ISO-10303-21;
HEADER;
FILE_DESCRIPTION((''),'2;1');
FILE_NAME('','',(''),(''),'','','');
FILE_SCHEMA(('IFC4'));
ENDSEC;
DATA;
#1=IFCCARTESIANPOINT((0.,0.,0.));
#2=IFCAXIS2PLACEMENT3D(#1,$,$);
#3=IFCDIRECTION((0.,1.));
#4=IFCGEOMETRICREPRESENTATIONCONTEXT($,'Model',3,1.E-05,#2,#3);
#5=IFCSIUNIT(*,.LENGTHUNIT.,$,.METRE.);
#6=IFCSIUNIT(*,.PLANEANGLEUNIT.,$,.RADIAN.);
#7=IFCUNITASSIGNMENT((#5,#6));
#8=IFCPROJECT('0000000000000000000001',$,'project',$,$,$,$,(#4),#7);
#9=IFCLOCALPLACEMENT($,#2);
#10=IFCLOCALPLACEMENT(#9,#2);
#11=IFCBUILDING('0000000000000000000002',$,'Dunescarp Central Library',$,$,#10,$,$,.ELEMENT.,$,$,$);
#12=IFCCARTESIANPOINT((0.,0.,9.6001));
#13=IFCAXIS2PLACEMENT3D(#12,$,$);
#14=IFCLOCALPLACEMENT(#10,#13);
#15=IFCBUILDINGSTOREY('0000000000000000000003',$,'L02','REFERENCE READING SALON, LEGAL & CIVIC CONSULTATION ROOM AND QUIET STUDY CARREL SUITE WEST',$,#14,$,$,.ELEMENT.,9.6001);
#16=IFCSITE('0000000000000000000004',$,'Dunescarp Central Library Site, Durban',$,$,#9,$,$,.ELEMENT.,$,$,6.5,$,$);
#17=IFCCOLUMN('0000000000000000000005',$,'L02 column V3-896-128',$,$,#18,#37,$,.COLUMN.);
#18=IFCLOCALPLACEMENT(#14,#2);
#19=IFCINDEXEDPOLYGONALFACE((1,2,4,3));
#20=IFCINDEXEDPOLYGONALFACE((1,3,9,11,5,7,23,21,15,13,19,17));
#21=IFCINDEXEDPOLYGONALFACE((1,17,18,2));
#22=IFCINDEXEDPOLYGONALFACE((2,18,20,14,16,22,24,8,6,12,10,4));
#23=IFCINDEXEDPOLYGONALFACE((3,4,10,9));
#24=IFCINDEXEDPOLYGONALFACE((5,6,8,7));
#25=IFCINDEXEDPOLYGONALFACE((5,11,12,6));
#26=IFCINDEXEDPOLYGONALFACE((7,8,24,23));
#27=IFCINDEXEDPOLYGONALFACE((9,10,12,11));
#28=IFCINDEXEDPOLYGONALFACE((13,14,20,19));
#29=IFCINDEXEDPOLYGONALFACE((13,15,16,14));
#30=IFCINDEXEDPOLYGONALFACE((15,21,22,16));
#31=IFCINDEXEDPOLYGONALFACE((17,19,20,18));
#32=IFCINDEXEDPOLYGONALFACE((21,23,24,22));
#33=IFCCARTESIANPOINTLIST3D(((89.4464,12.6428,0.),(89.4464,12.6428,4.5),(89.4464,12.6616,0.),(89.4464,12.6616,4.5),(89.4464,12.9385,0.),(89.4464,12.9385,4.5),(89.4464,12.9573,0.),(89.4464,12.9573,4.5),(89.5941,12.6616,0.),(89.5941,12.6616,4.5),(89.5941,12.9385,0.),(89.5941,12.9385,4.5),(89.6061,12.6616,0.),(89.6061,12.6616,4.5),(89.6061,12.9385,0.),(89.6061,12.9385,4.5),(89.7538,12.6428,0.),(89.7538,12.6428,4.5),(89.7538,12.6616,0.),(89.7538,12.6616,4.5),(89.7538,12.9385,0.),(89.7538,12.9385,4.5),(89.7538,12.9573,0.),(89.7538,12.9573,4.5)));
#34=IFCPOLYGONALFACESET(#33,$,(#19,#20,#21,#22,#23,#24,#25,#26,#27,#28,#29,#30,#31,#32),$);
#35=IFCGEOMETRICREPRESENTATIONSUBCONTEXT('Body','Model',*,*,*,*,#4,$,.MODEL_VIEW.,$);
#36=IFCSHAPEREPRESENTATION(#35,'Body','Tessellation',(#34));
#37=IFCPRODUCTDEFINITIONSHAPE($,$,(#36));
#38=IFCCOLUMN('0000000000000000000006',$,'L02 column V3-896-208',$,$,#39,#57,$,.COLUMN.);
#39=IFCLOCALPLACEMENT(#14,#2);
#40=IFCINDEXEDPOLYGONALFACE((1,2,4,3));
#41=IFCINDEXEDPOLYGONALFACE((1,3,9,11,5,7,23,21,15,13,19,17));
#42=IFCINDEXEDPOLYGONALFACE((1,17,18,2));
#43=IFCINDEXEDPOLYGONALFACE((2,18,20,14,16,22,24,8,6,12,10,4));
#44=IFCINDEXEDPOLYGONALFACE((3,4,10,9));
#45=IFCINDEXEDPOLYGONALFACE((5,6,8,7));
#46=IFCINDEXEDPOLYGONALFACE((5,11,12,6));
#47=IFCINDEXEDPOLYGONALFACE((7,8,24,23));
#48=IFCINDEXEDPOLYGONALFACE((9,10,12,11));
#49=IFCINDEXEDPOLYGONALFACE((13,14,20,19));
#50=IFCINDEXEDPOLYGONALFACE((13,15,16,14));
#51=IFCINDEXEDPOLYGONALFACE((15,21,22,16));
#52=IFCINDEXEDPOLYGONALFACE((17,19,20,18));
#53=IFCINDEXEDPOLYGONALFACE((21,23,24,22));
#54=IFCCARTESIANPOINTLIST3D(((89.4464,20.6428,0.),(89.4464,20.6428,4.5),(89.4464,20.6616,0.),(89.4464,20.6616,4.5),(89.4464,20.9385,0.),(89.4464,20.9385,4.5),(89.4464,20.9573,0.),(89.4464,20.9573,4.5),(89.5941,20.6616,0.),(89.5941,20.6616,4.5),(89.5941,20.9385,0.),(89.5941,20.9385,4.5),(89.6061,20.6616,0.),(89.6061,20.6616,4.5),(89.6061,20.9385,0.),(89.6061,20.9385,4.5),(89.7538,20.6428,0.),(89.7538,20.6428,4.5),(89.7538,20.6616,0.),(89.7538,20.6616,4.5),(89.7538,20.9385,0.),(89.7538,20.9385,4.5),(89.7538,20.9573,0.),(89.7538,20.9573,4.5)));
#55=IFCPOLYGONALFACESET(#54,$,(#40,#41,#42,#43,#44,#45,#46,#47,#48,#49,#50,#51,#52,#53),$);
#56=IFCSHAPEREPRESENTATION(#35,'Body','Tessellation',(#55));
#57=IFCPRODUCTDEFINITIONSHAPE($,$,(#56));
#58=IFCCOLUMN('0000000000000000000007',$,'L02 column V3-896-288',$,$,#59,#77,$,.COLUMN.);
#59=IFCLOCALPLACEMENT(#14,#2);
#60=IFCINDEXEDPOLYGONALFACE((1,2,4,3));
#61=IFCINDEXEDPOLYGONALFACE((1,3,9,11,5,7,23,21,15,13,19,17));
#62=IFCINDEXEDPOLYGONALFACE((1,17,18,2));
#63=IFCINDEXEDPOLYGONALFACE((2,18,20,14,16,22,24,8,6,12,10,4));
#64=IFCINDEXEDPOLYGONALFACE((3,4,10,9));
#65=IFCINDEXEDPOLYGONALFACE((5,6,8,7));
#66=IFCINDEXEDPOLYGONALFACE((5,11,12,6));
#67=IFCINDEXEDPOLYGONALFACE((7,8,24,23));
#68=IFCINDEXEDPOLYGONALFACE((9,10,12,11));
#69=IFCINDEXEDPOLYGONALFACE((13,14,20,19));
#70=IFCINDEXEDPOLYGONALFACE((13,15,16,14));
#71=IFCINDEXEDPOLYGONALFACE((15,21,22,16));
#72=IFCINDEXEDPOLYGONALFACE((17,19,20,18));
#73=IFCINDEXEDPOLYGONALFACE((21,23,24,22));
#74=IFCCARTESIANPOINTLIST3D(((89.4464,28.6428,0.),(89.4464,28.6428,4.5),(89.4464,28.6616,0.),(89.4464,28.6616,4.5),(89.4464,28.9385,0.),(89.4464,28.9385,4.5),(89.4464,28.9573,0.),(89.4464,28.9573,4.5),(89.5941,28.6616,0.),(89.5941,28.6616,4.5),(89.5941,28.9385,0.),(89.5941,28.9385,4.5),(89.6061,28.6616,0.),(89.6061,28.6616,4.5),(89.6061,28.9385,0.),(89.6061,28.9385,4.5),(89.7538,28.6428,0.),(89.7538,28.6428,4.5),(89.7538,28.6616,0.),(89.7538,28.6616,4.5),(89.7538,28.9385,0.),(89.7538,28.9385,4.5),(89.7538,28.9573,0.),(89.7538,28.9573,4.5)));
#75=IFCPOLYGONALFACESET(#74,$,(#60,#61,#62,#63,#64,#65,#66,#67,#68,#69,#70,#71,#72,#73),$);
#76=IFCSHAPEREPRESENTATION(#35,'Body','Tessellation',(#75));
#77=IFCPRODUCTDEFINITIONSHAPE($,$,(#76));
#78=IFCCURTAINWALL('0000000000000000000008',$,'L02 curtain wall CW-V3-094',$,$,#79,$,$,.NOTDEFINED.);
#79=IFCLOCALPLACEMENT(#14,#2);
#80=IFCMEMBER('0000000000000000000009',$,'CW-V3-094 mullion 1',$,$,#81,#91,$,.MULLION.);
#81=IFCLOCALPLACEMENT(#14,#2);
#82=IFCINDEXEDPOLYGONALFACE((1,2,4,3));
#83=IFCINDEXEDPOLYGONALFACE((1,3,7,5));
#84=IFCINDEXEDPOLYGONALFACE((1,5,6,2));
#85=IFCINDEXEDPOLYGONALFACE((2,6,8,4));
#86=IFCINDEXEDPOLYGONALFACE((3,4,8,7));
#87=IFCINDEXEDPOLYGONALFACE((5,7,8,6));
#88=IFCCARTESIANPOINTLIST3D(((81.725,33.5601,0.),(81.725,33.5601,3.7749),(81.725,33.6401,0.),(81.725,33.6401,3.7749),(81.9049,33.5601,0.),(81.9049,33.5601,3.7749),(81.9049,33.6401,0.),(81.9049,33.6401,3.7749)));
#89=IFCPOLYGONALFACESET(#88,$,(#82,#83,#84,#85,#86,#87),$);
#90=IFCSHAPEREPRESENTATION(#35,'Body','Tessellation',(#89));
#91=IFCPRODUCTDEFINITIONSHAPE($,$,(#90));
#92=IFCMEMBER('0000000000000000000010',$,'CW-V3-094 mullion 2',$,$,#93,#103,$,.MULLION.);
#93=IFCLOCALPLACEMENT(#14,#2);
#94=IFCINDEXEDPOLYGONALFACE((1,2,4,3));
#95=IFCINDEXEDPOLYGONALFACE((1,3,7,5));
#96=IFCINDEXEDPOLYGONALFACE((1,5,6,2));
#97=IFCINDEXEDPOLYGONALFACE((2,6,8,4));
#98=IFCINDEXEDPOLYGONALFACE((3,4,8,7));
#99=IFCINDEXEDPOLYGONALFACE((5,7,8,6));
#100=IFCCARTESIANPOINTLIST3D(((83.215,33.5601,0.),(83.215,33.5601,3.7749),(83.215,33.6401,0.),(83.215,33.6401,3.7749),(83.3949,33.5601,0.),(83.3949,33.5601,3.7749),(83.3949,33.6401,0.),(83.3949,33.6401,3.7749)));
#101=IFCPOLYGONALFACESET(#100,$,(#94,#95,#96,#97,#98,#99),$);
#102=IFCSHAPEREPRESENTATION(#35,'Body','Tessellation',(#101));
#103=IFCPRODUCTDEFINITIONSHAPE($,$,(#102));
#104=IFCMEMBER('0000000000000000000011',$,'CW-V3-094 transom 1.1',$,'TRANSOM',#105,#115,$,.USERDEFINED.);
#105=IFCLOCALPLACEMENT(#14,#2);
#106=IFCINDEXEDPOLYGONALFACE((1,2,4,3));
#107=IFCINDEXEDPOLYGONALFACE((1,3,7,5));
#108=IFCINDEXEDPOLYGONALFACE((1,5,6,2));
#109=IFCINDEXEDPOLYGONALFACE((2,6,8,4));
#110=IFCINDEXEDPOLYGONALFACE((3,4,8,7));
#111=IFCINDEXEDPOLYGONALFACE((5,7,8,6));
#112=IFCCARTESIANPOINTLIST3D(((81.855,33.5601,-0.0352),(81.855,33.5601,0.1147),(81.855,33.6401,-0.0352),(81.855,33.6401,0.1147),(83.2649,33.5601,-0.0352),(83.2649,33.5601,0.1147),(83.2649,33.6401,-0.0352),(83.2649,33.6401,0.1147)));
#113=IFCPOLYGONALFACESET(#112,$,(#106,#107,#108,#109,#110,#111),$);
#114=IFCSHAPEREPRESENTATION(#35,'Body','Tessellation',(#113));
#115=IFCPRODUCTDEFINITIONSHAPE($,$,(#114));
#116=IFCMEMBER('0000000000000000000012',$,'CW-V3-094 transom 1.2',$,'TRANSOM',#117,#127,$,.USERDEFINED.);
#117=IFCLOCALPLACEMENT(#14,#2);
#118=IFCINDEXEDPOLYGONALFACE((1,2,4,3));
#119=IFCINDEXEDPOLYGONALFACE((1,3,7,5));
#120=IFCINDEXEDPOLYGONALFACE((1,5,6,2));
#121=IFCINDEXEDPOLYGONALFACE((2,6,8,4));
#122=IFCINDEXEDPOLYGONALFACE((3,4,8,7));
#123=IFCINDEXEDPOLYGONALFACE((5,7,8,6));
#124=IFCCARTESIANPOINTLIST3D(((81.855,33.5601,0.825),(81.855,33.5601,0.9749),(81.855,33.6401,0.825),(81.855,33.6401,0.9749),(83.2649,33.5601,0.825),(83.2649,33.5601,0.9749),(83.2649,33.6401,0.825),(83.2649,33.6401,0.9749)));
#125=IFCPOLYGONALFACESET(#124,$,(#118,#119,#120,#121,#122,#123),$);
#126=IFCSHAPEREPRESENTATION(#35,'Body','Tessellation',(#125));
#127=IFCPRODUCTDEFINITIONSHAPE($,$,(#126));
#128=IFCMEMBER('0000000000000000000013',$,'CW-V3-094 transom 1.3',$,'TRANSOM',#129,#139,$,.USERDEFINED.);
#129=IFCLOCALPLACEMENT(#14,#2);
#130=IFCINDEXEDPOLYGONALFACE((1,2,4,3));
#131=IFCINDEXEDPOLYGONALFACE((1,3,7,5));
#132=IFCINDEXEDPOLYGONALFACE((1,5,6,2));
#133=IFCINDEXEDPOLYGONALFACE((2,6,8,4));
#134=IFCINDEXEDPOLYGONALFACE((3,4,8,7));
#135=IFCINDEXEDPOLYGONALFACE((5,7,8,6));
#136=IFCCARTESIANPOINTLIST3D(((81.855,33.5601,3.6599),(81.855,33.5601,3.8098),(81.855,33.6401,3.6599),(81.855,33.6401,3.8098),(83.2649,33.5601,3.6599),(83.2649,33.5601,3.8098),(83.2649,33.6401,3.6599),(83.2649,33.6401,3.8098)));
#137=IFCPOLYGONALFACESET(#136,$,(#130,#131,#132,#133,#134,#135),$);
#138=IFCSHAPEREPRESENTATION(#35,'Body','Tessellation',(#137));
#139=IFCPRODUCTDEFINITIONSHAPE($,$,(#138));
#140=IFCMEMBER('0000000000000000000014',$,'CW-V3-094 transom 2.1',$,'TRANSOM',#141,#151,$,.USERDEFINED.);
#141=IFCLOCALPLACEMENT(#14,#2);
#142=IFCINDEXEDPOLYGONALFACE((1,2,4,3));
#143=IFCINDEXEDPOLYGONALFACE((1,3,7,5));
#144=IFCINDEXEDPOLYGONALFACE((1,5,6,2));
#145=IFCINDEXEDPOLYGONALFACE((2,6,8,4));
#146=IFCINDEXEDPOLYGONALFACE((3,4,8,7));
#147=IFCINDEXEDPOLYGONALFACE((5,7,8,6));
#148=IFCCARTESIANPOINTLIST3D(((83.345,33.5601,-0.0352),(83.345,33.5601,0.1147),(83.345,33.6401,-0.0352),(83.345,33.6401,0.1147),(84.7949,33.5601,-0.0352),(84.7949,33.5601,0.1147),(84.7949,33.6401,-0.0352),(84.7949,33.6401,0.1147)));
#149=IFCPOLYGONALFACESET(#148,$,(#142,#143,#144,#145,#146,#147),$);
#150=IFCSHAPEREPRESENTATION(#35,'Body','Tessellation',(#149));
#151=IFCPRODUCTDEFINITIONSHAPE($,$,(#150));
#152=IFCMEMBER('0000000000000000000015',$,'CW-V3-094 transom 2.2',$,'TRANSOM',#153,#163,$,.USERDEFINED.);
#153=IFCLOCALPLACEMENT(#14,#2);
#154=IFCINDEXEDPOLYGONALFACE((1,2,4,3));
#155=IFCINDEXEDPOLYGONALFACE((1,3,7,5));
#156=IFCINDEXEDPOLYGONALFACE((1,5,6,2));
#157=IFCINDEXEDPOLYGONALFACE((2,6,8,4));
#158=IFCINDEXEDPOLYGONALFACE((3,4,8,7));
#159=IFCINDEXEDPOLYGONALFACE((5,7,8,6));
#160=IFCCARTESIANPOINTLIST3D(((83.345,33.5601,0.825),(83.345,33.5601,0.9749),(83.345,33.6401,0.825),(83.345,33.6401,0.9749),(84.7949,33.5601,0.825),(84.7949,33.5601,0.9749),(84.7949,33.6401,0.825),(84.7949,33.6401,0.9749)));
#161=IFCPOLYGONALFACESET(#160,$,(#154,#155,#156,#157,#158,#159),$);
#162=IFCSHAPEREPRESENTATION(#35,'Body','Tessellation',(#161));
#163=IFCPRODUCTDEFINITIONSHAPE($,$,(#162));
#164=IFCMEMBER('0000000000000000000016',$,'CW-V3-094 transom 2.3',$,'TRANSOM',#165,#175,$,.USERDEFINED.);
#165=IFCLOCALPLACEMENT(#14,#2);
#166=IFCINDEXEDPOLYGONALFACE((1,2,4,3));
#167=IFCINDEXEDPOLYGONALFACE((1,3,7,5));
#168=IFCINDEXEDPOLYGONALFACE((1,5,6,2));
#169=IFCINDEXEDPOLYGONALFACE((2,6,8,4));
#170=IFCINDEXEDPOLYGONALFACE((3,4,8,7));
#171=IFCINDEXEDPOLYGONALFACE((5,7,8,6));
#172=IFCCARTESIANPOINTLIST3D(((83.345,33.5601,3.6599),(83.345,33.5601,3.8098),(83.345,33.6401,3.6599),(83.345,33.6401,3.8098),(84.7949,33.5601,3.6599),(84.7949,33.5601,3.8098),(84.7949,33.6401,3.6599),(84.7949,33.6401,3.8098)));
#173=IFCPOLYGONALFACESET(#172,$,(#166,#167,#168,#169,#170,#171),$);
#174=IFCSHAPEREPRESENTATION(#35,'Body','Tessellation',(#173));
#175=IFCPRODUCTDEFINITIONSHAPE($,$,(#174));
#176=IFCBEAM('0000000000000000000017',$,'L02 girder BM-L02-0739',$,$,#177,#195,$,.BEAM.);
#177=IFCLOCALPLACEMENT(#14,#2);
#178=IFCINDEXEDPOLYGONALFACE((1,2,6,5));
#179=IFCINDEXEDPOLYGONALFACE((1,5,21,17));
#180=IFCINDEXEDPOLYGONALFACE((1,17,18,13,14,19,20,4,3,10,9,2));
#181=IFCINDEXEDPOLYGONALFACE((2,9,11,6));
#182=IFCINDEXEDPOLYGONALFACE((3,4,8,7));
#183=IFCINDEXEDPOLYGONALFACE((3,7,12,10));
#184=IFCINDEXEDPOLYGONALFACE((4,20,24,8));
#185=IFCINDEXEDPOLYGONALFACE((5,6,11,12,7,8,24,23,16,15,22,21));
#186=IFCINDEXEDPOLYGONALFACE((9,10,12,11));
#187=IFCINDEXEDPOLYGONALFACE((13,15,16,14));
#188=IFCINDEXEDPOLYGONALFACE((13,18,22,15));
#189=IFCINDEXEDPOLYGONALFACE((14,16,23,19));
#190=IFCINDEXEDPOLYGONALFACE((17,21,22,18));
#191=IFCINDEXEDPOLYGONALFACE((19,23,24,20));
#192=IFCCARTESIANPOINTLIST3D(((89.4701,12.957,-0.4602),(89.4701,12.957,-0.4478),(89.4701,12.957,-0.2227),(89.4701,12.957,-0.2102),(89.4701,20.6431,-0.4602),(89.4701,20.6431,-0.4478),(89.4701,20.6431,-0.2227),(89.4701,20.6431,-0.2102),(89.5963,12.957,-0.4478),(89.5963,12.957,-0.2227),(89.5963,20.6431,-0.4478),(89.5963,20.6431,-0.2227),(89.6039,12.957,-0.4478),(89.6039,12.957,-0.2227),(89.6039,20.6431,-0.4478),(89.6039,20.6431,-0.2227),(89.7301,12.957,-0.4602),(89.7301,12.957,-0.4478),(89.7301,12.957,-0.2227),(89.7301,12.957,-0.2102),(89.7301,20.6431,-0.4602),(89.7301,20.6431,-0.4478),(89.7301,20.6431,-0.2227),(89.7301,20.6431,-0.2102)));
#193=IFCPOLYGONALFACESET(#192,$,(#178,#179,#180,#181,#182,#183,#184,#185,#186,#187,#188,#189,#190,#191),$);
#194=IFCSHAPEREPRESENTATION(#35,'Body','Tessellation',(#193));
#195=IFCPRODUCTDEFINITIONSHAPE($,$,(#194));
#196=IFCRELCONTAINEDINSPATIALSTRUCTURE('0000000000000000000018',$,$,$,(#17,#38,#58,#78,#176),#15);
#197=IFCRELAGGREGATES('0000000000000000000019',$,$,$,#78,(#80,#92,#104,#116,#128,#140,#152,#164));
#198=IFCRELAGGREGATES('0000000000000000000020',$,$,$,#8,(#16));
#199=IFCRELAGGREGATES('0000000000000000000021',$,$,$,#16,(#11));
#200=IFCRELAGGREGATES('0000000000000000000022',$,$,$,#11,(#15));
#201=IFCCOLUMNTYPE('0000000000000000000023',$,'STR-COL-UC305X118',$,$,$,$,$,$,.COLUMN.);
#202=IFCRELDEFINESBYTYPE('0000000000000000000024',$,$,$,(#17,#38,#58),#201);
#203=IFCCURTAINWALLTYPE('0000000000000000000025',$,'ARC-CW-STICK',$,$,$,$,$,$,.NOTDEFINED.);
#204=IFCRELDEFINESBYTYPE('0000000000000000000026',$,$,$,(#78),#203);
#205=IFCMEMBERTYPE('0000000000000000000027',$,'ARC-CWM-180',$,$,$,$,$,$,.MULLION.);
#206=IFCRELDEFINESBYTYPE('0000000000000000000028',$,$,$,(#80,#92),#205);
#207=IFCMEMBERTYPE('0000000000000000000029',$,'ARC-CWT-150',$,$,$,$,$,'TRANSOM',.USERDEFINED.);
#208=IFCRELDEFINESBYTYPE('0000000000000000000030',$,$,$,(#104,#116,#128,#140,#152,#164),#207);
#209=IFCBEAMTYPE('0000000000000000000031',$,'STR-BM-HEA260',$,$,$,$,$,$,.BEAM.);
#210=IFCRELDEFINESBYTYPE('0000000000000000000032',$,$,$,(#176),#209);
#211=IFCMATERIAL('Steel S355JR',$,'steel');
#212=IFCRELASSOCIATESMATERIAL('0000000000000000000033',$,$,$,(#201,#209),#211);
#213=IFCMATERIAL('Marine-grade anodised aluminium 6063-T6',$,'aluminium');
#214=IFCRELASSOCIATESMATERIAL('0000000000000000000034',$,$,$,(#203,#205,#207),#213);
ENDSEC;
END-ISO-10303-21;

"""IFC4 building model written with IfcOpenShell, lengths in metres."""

from ifc_helpers import new_model, si_unit, direction, frame, origin, origin_2d, place, context, subcontext, project, spatial, rectangle, i_section, extrude, material, material_profile, profile_set, type_object, element, aggregate, save


model = new_model("IFC4")

# Units and contexts
model_context = context("Model", 3, precision=1e-05, world=origin(), true_north=direction((0.0, 1.0)))
body_context = subcontext(model_context, "Body", "Model", "MODEL_VIEW")
ifc_project = project(units=[si_unit("LENGTHUNIT", "METRE"), si_unit("PLANEANGLEUNIT", "RADIAN")], contexts=[model_context])

# Site, building, storey
site_placement = place(None, origin())
site = spatial("IfcSite", under=ifc_project, at=site_placement, Name="Dunescarp Central Library Site, Durban", CompositionType="ELEMENT", RefElevation=6.5)
building_placement = place(site_placement, origin())
building = spatial("IfcBuilding", under=site, at=building_placement, Name="Dunescarp Central Library", CompositionType="ELEMENT")
storey_placement = place(building_placement, frame((0.0, 0.0, 9.6001)))
storey = spatial("IfcBuildingStorey", under=building, at=storey_placement, Name="L02", Description="REFERENCE READING SALON, LEGAL & CIVIC CONSULTATION ROOM AND QUIET STUDY CARREL SUITE WEST", CompositionType="ELEMENT", Elevation=9.6001)

# Columns
ifc_material_1 = material(Name="Steel S355JR", Category="steel")
ifc_material_profile_1 = material_profile(ifc_material_1, i_section(OverallWidth=0.3074, OverallDepth=0.3145, WebThickness=0.012, FlangeThickness=0.0188, at=origin_2d()), Name="UC 305x305x118")
ifc_profile_set_1 = profile_set([ifc_material_profile_1], Name="Steel S355JR")
column_type = type_object("IfcColumnType", Name="STR-COL-UC305X118", PredefinedType="COLUMN", material=ifc_profile_set_1)
for number, where, z_axis, x_axis, name in (
    (1, (89.6001, 12.8, 0.0), (0.0, 0.0, 1.0), (1.0, 0.0, 0.0), "L02 column V3-896-128"),
    (2, (89.6001, 20.8, 0.0), (0.0, 0.0, 1.0), (1.0, 0.0, 0.0), "L02 column V3-896-208"),
    (3, (89.6001, 28.8, 0.0), (0.0, 0.0, 1.0), (1.0, 0.0, 0.0), "L02 column V3-896-288"),
):
    element("IfcColumn", number, at=place(storey_placement, frame(where, z_axis=z_axis, x_axis=x_axis)), inside=storey, type_object=column_type, Name=name, PredefinedType="COLUMN", context=body_context, shape_type="SweptSolid", body=[
        extrude(i_section(OverallWidth=0.3074, OverallDepth=0.3145, WebThickness=0.012, FlangeThickness=0.0188, at=origin_2d()), origin(), (0.0, 0.0, 1.0), 4.5),
    ])

# Curtain wall, members
ifc_material_2 = material(Name="Marine-grade anodised aluminium 6063-T6", Category="aluminium")
curtain_wall_type = type_object("IfcCurtainWallType", Name="ARC-CW-STICK", PredefinedType="NOTDEFINED", material=ifc_material_2)
curtain_wall_placement = place(storey_placement, origin())
curtain_wall = element("IfcCurtainWall", 4, at=curtain_wall_placement, inside=storey, type_object=curtain_wall_type, Name="L02 curtain wall CW-V3-094", PredefinedType="NOTDEFINED")
ifc_material_profile_2 = material_profile(ifc_material_2, rectangle(XDim=0.0801, YDim=0.1799, at=origin_2d()), Name="AL 80x180")
ifc_profile_set_2 = profile_set([ifc_material_profile_2], Name="Marine-grade anodised aluminium 6063-T6")
member_type_1 = type_object("IfcMemberType", Name="ARC-CWM-180", PredefinedType="MULLION", material=ifc_profile_set_2)
member_1_placement = place(storey_placement, frame((81.8149, 33.6001, 0.0), z_axis=(0.0, 0.0, 1.0), x_axis=(0.0, 1.0, 0.0)))
member_1 = element("IfcMember", 5, at=member_1_placement, type_object=member_type_1, Name="CW-V3-094 mullion 1", PredefinedType="MULLION", context=body_context, shape_type="SweptSolid", body=[
    extrude(rectangle(XDim=0.0801, YDim=0.1799, at=origin_2d()), origin(), (0.0, 0.0, 1.0), 3.7749),
])
member_2_placement = place(storey_placement, frame((83.3049, 33.6001, 0.0), z_axis=(0.0, 0.0, 1.0), x_axis=(0.0, 1.0, 0.0)))
member_2 = element("IfcMember", 6, at=member_2_placement, type_object=member_type_1, Name="CW-V3-094 mullion 2", PredefinedType="MULLION", context=body_context, shape_type="SweptSolid", body=[
    extrude(rectangle(XDim=0.0801, YDim=0.1799, at=origin_2d()), origin(), (0.0, 0.0, 1.0), 3.7749),
])
ifc_material_profile_3 = material_profile(ifc_material_2, rectangle(XDim=0.0801, YDim=0.1499, at=origin_2d()), Name="AL 80x150")
ifc_profile_set_3 = profile_set([ifc_material_profile_3], Name="Marine-grade anodised aluminium 6063-T6")
member_type_2 = type_object("IfcMemberType", Name="ARC-CWT-150", ElementType="TRANSOM", PredefinedType="USERDEFINED", material=ifc_profile_set_3)
member_3_placement = place(storey_placement, frame((81.855, 33.6001, 0.0398), z_axis=(1.0, 0.0, 0.0), x_axis=(0.0, 1.0, 0.0)))
member_3 = element("IfcMember", 7, at=member_3_placement, type_object=member_type_2, Name="CW-V3-094 transom 1.1", ObjectType="TRANSOM", PredefinedType="USERDEFINED", context=body_context, shape_type="SweptSolid", body=[
    extrude(rectangle(XDim=0.0801, YDim=0.1499, at=origin_2d()), origin(), (0.0, 0.0, 1.0), 1.4099),
])
member_4_placement = place(storey_placement, frame((81.855, 33.6001, 0.8999), z_axis=(1.0, 0.0, 0.0), x_axis=(0.0, 1.0, 0.0)))
member_4 = element("IfcMember", 8, at=member_4_placement, type_object=member_type_2, Name="CW-V3-094 transom 1.2", ObjectType="TRANSOM", PredefinedType="USERDEFINED", context=body_context, shape_type="SweptSolid", body=[
    extrude(rectangle(XDim=0.0801, YDim=0.1499, at=origin_2d()), origin(), (0.0, 0.0, 1.0), 1.4099),
])
member_5_placement = place(storey_placement, frame((81.855, 33.6001, 3.7349), z_axis=(1.0, 0.0, 0.0), x_axis=(0.0, 1.0, 0.0)))
member_5 = element("IfcMember", 9, at=member_5_placement, type_object=member_type_2, Name="CW-V3-094 transom 1.3", ObjectType="TRANSOM", PredefinedType="USERDEFINED", context=body_context, shape_type="SweptSolid", body=[
    extrude(rectangle(XDim=0.0801, YDim=0.1499, at=origin_2d()), origin(), (0.0, 0.0, 1.0), 1.4099),
])
member_6_placement = place(storey_placement, frame((83.345, 33.6001, 0.0398), z_axis=(1.0, 0.0, 0.0), x_axis=(0.0, 1.0, 0.0)))
member_6 = element("IfcMember", 10, at=member_6_placement, type_object=member_type_2, Name="CW-V3-094 transom 2.1", ObjectType="TRANSOM", PredefinedType="USERDEFINED", context=body_context, shape_type="SweptSolid", body=[
    extrude(rectangle(XDim=0.0801, YDim=0.1499, at=origin_2d()), origin(), (0.0, 0.0, 1.0), 1.45),
])
member_7_placement = place(storey_placement, frame((83.345, 33.6001, 0.8999), z_axis=(1.0, 0.0, 0.0), x_axis=(0.0, 1.0, 0.0)))
member_7 = element("IfcMember", 11, at=member_7_placement, type_object=member_type_2, Name="CW-V3-094 transom 2.2", ObjectType="TRANSOM", PredefinedType="USERDEFINED", context=body_context, shape_type="SweptSolid", body=[
    extrude(rectangle(XDim=0.0801, YDim=0.1499, at=origin_2d()), origin(), (0.0, 0.0, 1.0), 1.45),
])
member_8_placement = place(storey_placement, frame((83.345, 33.6001, 3.7349), z_axis=(1.0, 0.0, 0.0), x_axis=(0.0, 1.0, 0.0)))
member_8 = element("IfcMember", 12, at=member_8_placement, type_object=member_type_2, Name="CW-V3-094 transom 2.3", ObjectType="TRANSOM", PredefinedType="USERDEFINED", context=body_context, shape_type="SweptSolid", body=[
    extrude(rectangle(XDim=0.0801, YDim=0.1499, at=origin_2d()), origin(), (0.0, 0.0, 1.0), 1.45),
])

# Beam
ifc_material_profile_4 = material_profile(ifc_material_1, i_section(OverallWidth=0.26, OverallDepth=0.25, WebThickness=0.0076, FlangeThickness=0.0125, at=origin_2d()), Name="HEA 260")
ifc_profile_set_4 = profile_set([ifc_material_profile_4], Name="Steel S355JR")
beam_type_1 = type_object("IfcBeamType", Name="STR-BM-HEA260", PredefinedType="BEAM", material=ifc_profile_set_4)
for number, where, z_axis, x_axis, name in (
    (13, (89.6001, 12.957, -0.3352), (0.0, 1.0, 0.0), (-1.0, 0.0, 0.0), "L02 girder BM-L02-0739"),
):
    element("IfcBeam", number, at=place(storey_placement, frame(where, z_axis=z_axis, x_axis=x_axis)), inside=storey, type_object=beam_type_1, Name=name, PredefinedType="BEAM", context=body_context, shape_type="SweptSolid", body=[
        extrude(i_section(OverallWidth=0.26, OverallDepth=0.25, WebThickness=0.0076, FlangeThickness=0.0125, at=origin_2d()), origin(), (0.0, 0.0, 1.0), 7.686),
    ])

aggregate(curtain_wall, [member_1, member_2, member_3, member_4, member_5, member_6, member_7, member_8])

save(model, "model.ifc")
